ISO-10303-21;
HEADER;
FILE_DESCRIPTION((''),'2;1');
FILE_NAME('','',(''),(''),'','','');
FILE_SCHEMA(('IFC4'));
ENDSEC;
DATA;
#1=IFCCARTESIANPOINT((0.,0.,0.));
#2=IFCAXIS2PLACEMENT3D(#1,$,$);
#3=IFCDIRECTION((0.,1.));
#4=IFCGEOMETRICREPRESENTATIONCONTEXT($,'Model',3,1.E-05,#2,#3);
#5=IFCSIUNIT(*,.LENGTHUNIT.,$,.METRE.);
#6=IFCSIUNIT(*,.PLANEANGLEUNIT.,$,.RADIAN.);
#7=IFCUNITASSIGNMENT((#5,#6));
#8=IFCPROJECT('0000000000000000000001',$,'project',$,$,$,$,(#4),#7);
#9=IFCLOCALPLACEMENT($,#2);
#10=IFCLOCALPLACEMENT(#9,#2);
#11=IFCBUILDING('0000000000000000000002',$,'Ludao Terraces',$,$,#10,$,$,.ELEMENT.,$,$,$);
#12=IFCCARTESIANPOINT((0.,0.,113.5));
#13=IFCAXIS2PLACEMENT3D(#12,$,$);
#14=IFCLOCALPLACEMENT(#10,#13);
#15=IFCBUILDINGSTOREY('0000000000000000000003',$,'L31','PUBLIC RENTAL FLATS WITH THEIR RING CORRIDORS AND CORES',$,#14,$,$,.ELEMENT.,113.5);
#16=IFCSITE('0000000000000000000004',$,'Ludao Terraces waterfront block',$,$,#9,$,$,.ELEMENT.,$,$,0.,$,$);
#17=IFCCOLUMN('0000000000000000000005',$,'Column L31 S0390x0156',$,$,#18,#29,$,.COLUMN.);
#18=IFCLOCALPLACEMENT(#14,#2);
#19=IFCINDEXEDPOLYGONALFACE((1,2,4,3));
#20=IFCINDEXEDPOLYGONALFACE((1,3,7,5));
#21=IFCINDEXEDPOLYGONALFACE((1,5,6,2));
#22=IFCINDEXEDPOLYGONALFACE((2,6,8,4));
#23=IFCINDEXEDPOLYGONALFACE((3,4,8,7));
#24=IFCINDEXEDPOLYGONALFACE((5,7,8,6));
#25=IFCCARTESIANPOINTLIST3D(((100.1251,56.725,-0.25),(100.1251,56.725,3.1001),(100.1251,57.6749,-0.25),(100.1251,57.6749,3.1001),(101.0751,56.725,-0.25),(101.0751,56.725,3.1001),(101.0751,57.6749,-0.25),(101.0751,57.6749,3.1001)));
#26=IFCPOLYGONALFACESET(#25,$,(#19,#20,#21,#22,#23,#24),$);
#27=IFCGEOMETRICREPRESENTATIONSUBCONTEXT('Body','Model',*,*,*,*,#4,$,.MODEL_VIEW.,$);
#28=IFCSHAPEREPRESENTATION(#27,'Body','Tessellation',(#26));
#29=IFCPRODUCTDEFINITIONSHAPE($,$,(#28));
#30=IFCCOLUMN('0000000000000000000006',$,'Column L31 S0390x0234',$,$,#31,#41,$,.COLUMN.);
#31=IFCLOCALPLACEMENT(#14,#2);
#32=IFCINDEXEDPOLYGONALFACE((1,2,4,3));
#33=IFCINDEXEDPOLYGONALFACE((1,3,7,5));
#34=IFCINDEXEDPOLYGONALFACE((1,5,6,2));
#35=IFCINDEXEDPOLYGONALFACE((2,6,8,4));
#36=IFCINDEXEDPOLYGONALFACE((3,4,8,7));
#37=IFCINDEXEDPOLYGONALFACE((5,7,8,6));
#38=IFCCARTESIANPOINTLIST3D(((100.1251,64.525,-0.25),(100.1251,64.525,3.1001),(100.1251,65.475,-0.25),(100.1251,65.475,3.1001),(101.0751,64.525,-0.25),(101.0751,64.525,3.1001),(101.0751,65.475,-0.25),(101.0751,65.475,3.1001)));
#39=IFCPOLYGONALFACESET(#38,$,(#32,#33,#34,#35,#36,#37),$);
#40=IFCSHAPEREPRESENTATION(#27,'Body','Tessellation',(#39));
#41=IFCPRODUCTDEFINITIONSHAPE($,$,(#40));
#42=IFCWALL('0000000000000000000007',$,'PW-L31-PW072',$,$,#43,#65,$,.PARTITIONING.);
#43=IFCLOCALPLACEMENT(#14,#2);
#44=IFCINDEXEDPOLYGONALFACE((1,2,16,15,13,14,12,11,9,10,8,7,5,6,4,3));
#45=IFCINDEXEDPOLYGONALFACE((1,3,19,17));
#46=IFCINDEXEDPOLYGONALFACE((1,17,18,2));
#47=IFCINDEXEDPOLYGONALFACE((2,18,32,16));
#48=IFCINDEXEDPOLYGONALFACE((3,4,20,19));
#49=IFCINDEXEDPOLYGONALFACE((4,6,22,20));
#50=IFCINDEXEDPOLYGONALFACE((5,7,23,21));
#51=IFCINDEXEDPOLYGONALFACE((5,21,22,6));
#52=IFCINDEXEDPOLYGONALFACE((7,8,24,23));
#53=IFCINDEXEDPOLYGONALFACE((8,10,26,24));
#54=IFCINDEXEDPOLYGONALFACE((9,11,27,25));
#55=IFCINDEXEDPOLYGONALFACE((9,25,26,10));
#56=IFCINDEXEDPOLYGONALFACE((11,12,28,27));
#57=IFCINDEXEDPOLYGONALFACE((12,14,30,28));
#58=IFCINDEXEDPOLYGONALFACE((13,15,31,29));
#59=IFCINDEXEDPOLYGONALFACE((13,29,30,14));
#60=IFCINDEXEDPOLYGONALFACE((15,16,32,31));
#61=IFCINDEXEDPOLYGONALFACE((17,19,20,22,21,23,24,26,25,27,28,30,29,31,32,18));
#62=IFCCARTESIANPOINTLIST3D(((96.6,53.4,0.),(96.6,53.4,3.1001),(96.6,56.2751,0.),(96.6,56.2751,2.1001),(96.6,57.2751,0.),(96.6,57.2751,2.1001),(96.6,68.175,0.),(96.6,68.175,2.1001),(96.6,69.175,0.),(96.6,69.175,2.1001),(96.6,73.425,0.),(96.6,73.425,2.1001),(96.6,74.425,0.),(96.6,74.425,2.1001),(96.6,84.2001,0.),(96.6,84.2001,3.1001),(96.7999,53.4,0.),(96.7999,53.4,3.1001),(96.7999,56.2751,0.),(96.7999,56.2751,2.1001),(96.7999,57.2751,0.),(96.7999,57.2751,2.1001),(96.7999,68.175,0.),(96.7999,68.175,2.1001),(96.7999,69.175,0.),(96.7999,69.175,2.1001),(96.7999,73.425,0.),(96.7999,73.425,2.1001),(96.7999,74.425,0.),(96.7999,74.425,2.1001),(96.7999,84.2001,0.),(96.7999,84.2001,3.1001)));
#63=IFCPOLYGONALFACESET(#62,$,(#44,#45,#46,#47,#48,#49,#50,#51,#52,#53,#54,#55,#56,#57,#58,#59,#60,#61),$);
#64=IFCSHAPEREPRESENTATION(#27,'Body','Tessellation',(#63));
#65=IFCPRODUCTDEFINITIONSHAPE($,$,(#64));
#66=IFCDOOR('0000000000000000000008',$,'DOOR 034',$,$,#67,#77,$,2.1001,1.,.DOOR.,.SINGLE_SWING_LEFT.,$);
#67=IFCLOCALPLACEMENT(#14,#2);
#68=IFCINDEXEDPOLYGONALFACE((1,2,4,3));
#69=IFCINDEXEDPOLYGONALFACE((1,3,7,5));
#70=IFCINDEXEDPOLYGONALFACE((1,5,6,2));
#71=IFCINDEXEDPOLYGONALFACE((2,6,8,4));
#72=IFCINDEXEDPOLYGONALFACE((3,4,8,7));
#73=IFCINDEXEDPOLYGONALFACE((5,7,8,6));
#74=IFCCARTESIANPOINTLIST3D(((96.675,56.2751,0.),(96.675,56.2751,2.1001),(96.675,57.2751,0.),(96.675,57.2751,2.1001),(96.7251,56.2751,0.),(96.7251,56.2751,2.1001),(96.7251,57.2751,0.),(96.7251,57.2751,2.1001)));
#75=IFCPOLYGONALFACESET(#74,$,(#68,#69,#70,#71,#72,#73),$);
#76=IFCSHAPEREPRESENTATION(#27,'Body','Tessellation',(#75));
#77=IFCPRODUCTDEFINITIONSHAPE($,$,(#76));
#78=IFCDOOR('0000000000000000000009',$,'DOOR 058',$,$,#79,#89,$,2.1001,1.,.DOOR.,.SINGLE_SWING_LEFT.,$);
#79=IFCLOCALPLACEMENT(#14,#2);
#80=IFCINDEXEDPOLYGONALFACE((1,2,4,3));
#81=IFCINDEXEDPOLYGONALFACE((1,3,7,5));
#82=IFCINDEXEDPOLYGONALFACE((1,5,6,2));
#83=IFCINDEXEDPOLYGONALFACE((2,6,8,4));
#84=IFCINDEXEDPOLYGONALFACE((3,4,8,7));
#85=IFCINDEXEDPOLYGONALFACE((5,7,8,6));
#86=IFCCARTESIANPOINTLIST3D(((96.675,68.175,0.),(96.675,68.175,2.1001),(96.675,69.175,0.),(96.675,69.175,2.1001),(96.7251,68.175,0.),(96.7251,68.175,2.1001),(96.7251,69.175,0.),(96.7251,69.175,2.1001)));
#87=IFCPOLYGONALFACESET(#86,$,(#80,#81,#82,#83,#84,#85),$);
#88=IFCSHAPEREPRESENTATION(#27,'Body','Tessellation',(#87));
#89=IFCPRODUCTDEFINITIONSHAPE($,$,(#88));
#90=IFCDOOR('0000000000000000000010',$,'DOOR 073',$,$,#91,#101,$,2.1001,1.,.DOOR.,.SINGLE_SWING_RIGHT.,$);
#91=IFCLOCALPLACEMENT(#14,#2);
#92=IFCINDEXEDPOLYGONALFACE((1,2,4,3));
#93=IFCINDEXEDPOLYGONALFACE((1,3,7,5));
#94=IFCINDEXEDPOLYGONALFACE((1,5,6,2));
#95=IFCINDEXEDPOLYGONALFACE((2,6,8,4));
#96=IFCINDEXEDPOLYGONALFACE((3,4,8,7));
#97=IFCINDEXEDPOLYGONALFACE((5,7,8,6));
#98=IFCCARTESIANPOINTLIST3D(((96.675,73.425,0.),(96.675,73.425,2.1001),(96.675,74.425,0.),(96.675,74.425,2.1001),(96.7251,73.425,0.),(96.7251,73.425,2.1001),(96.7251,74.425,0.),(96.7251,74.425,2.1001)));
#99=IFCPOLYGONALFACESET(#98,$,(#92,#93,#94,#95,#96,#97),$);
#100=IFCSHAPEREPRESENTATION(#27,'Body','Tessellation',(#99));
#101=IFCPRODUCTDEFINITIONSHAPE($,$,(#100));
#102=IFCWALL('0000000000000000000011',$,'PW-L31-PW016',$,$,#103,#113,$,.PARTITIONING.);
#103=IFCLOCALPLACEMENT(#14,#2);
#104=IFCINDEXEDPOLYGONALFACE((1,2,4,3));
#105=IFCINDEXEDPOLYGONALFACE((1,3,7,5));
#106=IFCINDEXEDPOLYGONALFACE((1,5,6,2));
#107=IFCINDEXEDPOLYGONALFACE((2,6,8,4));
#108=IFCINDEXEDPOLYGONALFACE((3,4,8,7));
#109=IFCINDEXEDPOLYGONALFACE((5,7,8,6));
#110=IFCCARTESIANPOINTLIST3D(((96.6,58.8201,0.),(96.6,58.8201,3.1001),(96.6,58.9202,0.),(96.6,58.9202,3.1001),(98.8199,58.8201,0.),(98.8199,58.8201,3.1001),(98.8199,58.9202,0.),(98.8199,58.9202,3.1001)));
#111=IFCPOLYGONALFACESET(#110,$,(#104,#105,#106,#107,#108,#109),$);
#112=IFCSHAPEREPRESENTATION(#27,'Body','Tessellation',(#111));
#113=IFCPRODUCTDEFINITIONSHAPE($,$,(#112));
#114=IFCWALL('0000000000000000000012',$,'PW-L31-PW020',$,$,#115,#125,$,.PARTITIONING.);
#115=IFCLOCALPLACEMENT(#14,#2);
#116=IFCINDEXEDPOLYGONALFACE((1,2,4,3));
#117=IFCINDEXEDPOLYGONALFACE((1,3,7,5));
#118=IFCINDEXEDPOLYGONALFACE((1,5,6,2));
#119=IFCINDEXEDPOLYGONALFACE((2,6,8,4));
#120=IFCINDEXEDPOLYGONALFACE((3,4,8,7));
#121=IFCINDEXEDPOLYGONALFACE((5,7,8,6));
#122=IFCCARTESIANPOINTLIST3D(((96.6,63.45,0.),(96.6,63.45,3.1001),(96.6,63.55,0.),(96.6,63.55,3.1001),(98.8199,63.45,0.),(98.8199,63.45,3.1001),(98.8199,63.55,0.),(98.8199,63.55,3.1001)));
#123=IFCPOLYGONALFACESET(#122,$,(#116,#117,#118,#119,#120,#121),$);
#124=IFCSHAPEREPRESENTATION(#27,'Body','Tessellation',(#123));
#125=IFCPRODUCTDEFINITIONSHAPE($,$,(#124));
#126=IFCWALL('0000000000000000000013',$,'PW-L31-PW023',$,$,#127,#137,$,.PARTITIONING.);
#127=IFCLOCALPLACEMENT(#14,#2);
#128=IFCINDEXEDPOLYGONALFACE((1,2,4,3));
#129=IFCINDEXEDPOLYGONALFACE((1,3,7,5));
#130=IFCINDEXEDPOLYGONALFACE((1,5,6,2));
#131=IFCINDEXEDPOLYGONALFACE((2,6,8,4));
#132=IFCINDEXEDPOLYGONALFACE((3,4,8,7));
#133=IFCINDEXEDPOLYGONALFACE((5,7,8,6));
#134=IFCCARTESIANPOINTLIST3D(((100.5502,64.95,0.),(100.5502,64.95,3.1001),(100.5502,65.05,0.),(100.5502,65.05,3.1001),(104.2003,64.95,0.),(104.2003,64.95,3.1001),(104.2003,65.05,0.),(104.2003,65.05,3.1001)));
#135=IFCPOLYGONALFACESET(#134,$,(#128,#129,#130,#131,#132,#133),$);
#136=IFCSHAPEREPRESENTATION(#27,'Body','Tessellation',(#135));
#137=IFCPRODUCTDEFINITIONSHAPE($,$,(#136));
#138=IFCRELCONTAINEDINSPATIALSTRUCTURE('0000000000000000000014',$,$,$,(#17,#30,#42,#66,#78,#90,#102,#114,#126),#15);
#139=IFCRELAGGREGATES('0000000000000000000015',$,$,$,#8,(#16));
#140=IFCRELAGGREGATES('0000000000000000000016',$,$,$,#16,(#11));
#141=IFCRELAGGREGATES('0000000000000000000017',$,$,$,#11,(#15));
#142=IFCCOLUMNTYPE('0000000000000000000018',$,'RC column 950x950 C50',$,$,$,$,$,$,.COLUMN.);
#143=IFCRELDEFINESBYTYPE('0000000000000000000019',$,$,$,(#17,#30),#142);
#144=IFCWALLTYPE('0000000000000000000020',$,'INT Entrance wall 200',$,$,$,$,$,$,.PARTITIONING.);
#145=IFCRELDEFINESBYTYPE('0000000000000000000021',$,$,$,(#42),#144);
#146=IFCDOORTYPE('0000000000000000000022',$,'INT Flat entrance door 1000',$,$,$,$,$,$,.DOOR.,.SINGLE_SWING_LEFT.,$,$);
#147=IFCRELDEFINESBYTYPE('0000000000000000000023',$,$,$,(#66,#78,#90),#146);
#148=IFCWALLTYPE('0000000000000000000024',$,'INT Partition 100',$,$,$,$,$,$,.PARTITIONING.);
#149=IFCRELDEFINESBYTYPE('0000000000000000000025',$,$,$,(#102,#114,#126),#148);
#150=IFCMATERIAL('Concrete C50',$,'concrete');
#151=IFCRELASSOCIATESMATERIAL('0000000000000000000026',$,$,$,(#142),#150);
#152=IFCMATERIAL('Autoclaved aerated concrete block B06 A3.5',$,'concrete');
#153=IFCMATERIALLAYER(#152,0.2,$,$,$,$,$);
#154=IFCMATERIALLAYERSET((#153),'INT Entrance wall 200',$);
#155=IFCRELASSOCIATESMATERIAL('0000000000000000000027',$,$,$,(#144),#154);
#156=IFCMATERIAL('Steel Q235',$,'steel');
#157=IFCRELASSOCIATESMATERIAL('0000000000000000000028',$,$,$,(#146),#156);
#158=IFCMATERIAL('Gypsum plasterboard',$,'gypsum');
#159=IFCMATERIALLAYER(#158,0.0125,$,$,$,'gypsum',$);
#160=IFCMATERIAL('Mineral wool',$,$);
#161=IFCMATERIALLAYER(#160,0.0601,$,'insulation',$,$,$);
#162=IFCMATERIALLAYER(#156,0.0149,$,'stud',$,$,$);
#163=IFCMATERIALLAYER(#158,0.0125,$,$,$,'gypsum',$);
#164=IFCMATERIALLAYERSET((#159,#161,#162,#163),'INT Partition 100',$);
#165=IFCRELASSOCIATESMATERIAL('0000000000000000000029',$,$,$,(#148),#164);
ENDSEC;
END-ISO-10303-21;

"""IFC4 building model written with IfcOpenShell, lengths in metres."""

from ifc_helpers import new_model, si_unit, direction, frame, frame_2d, origin, origin_2d, place, context, subcontext, project, spatial, rectangle, extrude, material, layer, layer_set, material_profile, profile_set, type_object, element, fill, save


model = new_model("IFC4")

# Units and contexts
model_context = context("Model", 3, precision=1e-05, world=origin(), true_north=direction((0.0, 1.0)))
body_context = subcontext(model_context, "Body", "Model", "MODEL_VIEW")
ifc_project = project(units=[si_unit("LENGTHUNIT", "METRE"), si_unit("PLANEANGLEUNIT", "RADIAN")], contexts=[model_context])

# Site, building, storey
site_placement = place(None, origin())
site = spatial("IfcSite", under=ifc_project, at=site_placement, Name="Ludao Terraces waterfront block", CompositionType="ELEMENT", RefElevation=0.0)
building_placement = place(site_placement, origin())
building = spatial("IfcBuilding", under=site, at=building_placement, Name="Ludao Terraces", CompositionType="ELEMENT")
storey_placement = place(building_placement, frame((0.0, 0.0, 113.5)))
storey = spatial("IfcBuildingStorey", under=building, at=storey_placement, Name="L31", Description="PUBLIC RENTAL FLATS WITH THEIR RING CORRIDORS AND CORES", CompositionType="ELEMENT", Elevation=113.5)

# Columns
ifc_material_1 = material(Name="Concrete C50", Category="concrete")
ifc_material_profile = material_profile(ifc_material_1, rectangle(XDim=0.95, YDim=0.95, at=origin_2d()), Name="950 X 950")
ifc_profile_set = profile_set([ifc_material_profile], Name="Concrete C50")
column_type = type_object("IfcColumnType", Name="RC column 950x950 C50", PredefinedType="COLUMN", material=ifc_profile_set)
for number, where, z_axis, x_axis, name in (
    (1, (100.6001, 57.2, -0.25), (0.0, 0.0, 1.0), (1.0, 0.0, 0.0), "Column L31 S0390x0156"),
    (2, (100.6001, 65.0, -0.25), (0.0, 0.0, 1.0), (1.0, 0.0, 0.0), "Column L31 S0390x0234"),
):
    element("IfcColumn", number, at=place(storey_placement, frame(where, z_axis=z_axis, x_axis=x_axis)), inside=storey, type_object=column_type, Name=name, PredefinedType="COLUMN", context=body_context, shape_type="SweptSolid", body=[
        extrude(rectangle(XDim=0.95, YDim=0.95, at=origin_2d()), origin(), (0.0, 0.0, 1.0), 3.3501),
    ])

# Shared definitions
ifc_material_2 = material(Name="Mineral wool")

# Wall, openings, doors
ifc_material_3 = material(Name="Autoclaved aerated concrete block B06 A3.5", Category="concrete")
ifc_layer_1 = layer(ifc_material_3, 0.2)
ifc_layer_set_1 = layer_set([ifc_layer_1], Name="INT Entrance wall 200")
wall_type_1 = type_object("IfcWallType", Name="INT Entrance wall 200", PredefinedType="PARTITIONING", material=ifc_layer_set_1)
wall_1_placement = place(storey_placement, frame((96.7, 53.4001, 0.0), z_axis=(0.0, 0.0, 1.0), x_axis=(0.0, 1.0, 0.0)))
wall_1 = element("IfcWall", 3, at=wall_1_placement, inside=storey, type_object=wall_type_1, Name="PW-L31-PW072", PredefinedType="PARTITIONING", context=body_context, shape_type="SweptSolid", body=[
    extrude(rectangle(XDim=30.8, YDim=0.2, at=frame_2d((15.3999, 0.0))), origin(), (0.0, 0.0, 1.0), 3.1001),
])
opening_1_placement = place(wall_1_placement, frame((2.875, 0.0, 0.0)))
opening_1 = element("IfcOpeningElement", 4, at=opening_1_placement, cuts=wall_1, PredefinedType="OPENING", context=body_context, shape_type="SweptSolid", body=[
    extrude(rectangle(XDim=1.0, YDim=2.1001, at=frame_2d((0.5, 1.05))), frame((0.0, 0.1099, 0.0), z_axis=(0.0, -1.0, 0.0), x_axis=(1.0, 0.0, 0.0)), (0.0, 0.0, 1.0), 0.22),
])
opening_2_placement = place(wall_1_placement, frame((14.7749, 0.0, 0.0)))
opening_2 = element("IfcOpeningElement", 5, at=opening_2_placement, cuts=wall_1, PredefinedType="OPENING", context=body_context, shape_type="SweptSolid", body=[
    extrude(rectangle(XDim=1.0, YDim=2.1001, at=frame_2d((0.5, 1.05))), frame((0.0, 0.1099, 0.0), z_axis=(0.0, -1.0, 0.0), x_axis=(1.0, 0.0, 0.0)), (0.0, 0.0, 1.0), 0.22),
])
opening_3_placement = place(wall_1_placement, frame((20.0249, 0.0, 0.0)))
opening_3 = element("IfcOpeningElement", 6, at=opening_3_placement, cuts=wall_1, PredefinedType="OPENING", context=body_context, shape_type="SweptSolid", body=[
    extrude(rectangle(XDim=1.0, YDim=2.1001, at=frame_2d((0.5, 1.05))), frame((0.0, 0.1099, 0.0), z_axis=(0.0, -1.0, 0.0), x_axis=(1.0, 0.0, 0.0)), (0.0, 0.0, 1.0), 0.22),
])
ifc_material_4 = material(Name="Steel Q235", Category="steel")
door_type_1 = type_object("IfcDoorType", Name="INT Flat entrance door 1000", OperationType="SINGLE_SWING_LEFT", PredefinedType="DOOR", material=ifc_material_4)
door_1_placement = place(opening_1_placement, origin())
door_1 = element("IfcDoor", 7, at=door_1_placement, inside=storey, type_object=door_type_1, Name="DOOR 034", OperationType="SINGLE_SWING_LEFT", OverallHeight=2.1001, OverallWidth=1.0, PredefinedType="DOOR", context=body_context, shape_type="SweptSolid", body=[
    extrude(rectangle(XDim=1.0, YDim=2.1001, at=frame_2d((0.5, 1.05))), frame((0.0, 0.0249, 0.0), z_axis=(0.0, -1.0, 0.0), x_axis=(1.0, 0.0, 0.0)), (0.0, 0.0, 1.0), 0.05),
])
fill(opening_1, door_1)
door_2_placement = place(opening_2_placement, origin())
door_2 = element("IfcDoor", 8, at=door_2_placement, inside=storey, type_object=door_type_1, Name="DOOR 058", OperationType="SINGLE_SWING_LEFT", OverallHeight=2.1001, OverallWidth=1.0, PredefinedType="DOOR", context=body_context, shape_type="SweptSolid", body=[
    extrude(rectangle(XDim=1.0, YDim=2.1001, at=frame_2d((0.5, 1.05))), frame((0.0, 0.0249, 0.0), z_axis=(0.0, -1.0, 0.0), x_axis=(1.0, 0.0, 0.0)), (0.0, 0.0, 1.0), 0.05),
])
fill(opening_2, door_2)
door_3_placement = place(opening_3_placement, origin())
door_3 = element("IfcDoor", 9, at=door_3_placement, inside=storey, type_object=door_type_1, Name="DOOR 073", OperationType="SINGLE_SWING_RIGHT", OverallHeight=2.1001, OverallWidth=1.0, PredefinedType="DOOR", context=body_context, shape_type="SweptSolid", body=[
    extrude(rectangle(XDim=1.0, YDim=2.1001, at=frame_2d((0.5, 1.05))), frame((0.0, 0.0249, 0.0), z_axis=(0.0, -1.0, 0.0), x_axis=(1.0, 0.0, 0.0)), (0.0, 0.0, 1.0), 0.05),
])
fill(opening_3, door_3)

# Walls
ifc_material_5 = material(Name="Gypsum plasterboard", Category="gypsum")
ifc_layer_2 = layer(ifc_material_5, 0.0125, Category="gypsum")
ifc_layer_3 = layer(ifc_material_2, 0.0601, Name="insulation")
ifc_layer_4 = layer(ifc_material_4, 0.0149, Name="stud")
ifc_layer_5 = layer(ifc_material_5, 0.0125, Category="gypsum")
ifc_layer_set_2 = layer_set([ifc_layer_2, ifc_layer_3, ifc_layer_4, ifc_layer_5], Name="INT Partition 100")
wall_type_2 = type_object("IfcWallType", Name="INT Partition 100", PredefinedType="PARTITIONING", material=ifc_layer_set_2)
for number, where, z_axis, x_axis, name in (
    (10, (96.6001, 58.8701, 0.0), (0.0, 0.0, 1.0), (1.0, 0.0, 0.0), "PW-L31-PW016"),
    (11, (96.6001, 63.5, 0.0), (0.0, 0.0, 1.0), (1.0, 0.0, 0.0), "PW-L31-PW020"),
):
    element("IfcWall", number, at=place(storey_placement, frame(where, z_axis=z_axis, x_axis=x_axis)), inside=storey, type_object=wall_type_2, Name=name, PredefinedType="PARTITIONING", context=body_context, shape_type="SweptSolid", body=[
        extrude(rectangle(XDim=2.22, YDim=0.1001, at=frame_2d((1.1099, 0.0))), origin(), (0.0, 0.0, 1.0), 3.1001),
    ])
wall_2_placement = place(storey_placement, frame((100.55, 65.0, 0.0), z_axis=(0.0, 0.0, 1.0), x_axis=(1.0, 0.0, 0.0)))
element("IfcWall", 12, at=wall_2_placement, inside=storey, type_object=wall_type_2, Name="PW-L31-PW023", PredefinedType="PARTITIONING", context=body_context, shape_type="SweptSolid", body=[
    extrude(rectangle(XDim=3.6501, YDim=0.1001, at=frame_2d((1.8252, 0.0))), origin(), (0.0, 0.0, 1.0), 3.1001),
])

save(model, "model.ifc")
